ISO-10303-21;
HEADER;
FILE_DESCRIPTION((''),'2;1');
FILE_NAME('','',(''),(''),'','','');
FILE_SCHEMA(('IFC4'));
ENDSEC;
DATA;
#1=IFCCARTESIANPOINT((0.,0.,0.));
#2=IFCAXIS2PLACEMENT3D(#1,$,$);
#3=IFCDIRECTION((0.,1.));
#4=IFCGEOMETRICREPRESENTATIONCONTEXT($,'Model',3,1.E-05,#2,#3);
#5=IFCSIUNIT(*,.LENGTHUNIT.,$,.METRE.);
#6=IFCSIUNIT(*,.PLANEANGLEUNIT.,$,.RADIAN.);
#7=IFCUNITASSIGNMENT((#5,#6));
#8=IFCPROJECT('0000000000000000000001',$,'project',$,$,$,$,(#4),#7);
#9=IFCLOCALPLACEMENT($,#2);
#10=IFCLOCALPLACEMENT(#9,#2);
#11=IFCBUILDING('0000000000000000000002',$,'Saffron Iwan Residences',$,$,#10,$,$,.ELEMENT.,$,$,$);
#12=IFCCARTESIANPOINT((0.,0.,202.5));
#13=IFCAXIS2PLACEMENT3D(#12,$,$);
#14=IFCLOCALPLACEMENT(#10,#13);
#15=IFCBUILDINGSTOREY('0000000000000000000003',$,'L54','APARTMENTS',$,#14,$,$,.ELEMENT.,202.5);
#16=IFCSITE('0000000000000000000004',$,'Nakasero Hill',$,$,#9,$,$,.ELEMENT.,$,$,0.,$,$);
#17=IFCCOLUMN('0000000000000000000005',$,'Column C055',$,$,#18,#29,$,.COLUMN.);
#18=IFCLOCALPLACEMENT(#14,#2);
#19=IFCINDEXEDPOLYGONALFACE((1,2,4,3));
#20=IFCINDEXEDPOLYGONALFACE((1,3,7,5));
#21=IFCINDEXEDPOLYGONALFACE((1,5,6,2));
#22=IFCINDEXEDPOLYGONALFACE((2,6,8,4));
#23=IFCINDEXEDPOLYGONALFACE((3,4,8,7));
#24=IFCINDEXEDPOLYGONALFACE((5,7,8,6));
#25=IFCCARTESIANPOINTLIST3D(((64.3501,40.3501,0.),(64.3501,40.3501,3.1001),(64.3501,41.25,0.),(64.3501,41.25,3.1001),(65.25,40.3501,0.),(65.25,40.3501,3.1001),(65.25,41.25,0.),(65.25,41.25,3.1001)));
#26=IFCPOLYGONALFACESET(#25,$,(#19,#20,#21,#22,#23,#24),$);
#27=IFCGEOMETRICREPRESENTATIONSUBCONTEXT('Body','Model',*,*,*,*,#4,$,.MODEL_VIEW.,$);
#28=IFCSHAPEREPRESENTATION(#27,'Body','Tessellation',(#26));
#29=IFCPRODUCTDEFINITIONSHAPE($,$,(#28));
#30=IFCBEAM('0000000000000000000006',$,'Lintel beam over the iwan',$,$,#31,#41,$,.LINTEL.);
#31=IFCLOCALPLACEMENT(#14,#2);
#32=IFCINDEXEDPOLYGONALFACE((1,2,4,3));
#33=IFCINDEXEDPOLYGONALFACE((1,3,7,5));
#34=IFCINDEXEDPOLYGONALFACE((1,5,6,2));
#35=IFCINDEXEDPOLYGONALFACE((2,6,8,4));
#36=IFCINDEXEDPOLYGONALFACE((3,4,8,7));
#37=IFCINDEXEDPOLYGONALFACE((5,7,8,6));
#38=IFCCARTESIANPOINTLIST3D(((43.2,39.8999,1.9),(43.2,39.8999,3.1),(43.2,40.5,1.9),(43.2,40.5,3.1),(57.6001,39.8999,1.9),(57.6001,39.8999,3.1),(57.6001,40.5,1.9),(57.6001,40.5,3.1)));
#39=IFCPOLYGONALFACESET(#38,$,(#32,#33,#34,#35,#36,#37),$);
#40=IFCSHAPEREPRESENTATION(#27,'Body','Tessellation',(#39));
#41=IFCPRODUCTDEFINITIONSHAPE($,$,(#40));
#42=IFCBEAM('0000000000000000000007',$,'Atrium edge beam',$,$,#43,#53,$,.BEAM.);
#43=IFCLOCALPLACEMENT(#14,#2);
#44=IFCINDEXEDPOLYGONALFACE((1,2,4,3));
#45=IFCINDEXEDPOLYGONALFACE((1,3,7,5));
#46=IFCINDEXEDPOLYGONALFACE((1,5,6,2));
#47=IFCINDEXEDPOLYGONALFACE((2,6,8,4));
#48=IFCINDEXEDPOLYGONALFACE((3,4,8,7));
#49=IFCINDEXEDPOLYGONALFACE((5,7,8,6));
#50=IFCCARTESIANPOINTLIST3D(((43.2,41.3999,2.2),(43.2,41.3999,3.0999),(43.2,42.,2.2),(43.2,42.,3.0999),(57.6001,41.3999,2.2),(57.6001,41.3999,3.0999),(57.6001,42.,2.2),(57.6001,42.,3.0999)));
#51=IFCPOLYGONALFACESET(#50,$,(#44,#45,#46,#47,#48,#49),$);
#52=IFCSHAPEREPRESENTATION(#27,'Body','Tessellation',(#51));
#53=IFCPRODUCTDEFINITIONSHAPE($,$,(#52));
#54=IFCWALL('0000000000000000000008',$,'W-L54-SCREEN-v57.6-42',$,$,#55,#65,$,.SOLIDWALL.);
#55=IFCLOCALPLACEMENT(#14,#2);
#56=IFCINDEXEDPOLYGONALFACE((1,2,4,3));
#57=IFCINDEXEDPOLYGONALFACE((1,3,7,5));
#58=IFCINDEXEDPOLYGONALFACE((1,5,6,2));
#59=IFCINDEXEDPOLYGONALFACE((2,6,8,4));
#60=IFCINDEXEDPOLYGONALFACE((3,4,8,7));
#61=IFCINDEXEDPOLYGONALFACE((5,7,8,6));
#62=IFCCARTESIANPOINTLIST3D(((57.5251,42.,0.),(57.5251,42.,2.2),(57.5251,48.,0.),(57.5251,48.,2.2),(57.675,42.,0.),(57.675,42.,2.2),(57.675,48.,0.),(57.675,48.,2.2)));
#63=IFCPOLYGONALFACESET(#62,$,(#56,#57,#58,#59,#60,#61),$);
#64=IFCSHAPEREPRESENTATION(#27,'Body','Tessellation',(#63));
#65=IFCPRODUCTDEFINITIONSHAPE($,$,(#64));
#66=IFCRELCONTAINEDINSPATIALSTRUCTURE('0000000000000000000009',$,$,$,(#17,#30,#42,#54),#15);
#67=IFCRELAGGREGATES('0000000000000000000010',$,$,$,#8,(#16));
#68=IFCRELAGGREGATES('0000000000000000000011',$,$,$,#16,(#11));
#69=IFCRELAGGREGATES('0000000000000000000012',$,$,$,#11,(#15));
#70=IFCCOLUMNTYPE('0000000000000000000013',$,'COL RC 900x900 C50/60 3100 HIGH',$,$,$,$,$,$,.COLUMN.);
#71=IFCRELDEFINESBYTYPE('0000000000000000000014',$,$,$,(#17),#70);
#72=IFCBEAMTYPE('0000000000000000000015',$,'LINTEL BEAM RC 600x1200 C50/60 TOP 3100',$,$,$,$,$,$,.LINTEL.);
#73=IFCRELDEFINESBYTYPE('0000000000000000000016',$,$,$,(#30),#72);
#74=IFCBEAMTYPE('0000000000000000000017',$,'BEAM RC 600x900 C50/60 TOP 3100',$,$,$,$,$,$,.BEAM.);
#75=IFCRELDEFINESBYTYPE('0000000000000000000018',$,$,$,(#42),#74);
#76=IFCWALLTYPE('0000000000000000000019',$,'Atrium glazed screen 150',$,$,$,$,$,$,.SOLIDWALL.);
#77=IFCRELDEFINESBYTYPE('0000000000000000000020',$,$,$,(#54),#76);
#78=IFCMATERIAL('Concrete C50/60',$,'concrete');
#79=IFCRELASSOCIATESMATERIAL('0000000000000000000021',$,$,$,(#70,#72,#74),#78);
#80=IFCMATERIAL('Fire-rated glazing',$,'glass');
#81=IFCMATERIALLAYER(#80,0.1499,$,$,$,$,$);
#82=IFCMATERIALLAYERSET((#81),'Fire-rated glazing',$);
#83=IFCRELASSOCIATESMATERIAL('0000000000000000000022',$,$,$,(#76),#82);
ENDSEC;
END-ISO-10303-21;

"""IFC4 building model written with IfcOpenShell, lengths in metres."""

from ifc_helpers import new_model, si_unit, direction, frame, frame_2d, origin, origin_2d, place, context, subcontext, project, spatial, rectangle, extrude, source, transform, mapped, material, layer, layer_set, material_profile, profile_set, type_object, element, save


model = new_model("IFC4")

# Units and contexts
model_context = context("Model", 3, precision=1e-05, world=origin(), true_north=direction((0.0, 1.0)))
body_context = subcontext(model_context, "Body", "Model", "MODEL_VIEW")
ifc_project = project(units=[si_unit("LENGTHUNIT", "METRE"), si_unit("PLANEANGLEUNIT", "RADIAN")], contexts=[model_context])

# Site, building, storey
site_placement = place(None, origin())
site = spatial("IfcSite", under=ifc_project, at=site_placement, Name="Nakasero Hill", CompositionType="ELEMENT", RefElevation=0.0)
building_placement = place(site_placement, origin())
building = spatial("IfcBuilding", under=site, at=building_placement, Name="Saffron Iwan Residences", CompositionType="ELEMENT")
storey_placement = place(building_placement, frame((0.0, 0.0, 202.5)))
storey = spatial("IfcBuildingStorey", under=building, at=storey_placement, Name="L54", Description="APARTMENTS", CompositionType="ELEMENT", Elevation=202.5)

# Column
ifc_material_1 = material(Name="Concrete C50/60", Category="concrete")
ifc_material_profile_1 = material_profile(ifc_material_1, rectangle(XDim=0.8999, YDim=0.8999, at=origin_2d()), Name="RC 900x900")
ifc_profile_set_1 = profile_set([ifc_material_profile_1], Name="Concrete C50/60")
column_type = type_object("IfcColumnType", Name="COL RC 900x900 C50/60 3100 HIGH", PredefinedType="COLUMN", material=ifc_profile_set_1)
shared_shape_1 = source(origin(), body_context, "Body", "SweptSolid", [
    extrude(rectangle(XDim=0.8999, YDim=0.8999, at=origin_2d()), origin(), (0.0, 0.0, 1.0), 3.1001),
])
column_placement = place(storey_placement, frame((64.8, 40.8, 0.0), z_axis=(0.0, 0.0, 1.0), x_axis=(1.0, 0.0, 0.0)))
element("IfcColumn", 1, at=column_placement, inside=storey, type_object=column_type, Name="Column C055", PredefinedType="COLUMN", context=body_context, shape_type="MappedRepresentation", body=[
    mapped(shared_shape_1, transform((0.0, 0.0, 0.0))),
])

# Beams
ifc_material_profile_2 = material_profile(ifc_material_1, rectangle(XDim=0.6001, YDim=1.2, at=origin_2d()), Name="RC 600x1200")
ifc_profile_set_2 = profile_set([ifc_material_profile_2], Name="Concrete C50/60")
beam_type_1 = type_object("IfcBeamType", Name="LINTEL BEAM RC 600x1200 C50/60 TOP 3100", PredefinedType="LINTEL", material=ifc_profile_set_2)
shared_shape_2 = source(origin(), body_context, "Body", "SweptSolid", [
    extrude(rectangle(XDim=0.6001, YDim=1.2, at=origin_2d()), origin(), (0.0, 0.0, 1.0), 14.4001),
])
beam_1_placement = place(storey_placement, frame((57.6001, 40.2, 2.5), z_axis=(-1.0, 0.0, 0.0), x_axis=(0.0, -1.0, 0.0)))
element("IfcBeam", 2, at=beam_1_placement, inside=storey, type_object=beam_type_1, Name="Lintel beam over the iwan", PredefinedType="LINTEL", context=body_context, shape_type="MappedRepresentation", body=[
    mapped(shared_shape_2, transform((0.0, 0.0, 0.0))),
])
ifc_material_profile_3 = material_profile(ifc_material_1, rectangle(XDim=0.6001, YDim=0.8999, at=origin_2d()), Name="RC 600x900")
ifc_profile_set_3 = profile_set([ifc_material_profile_3], Name="Concrete C50/60")
beam_type_2 = type_object("IfcBeamType", Name="BEAM RC 600x900 C50/60 TOP 3100", PredefinedType="BEAM", material=ifc_profile_set_3)
shared_shape_3 = source(origin(), body_context, "Body", "SweptSolid", [
    extrude(rectangle(XDim=0.6001, YDim=0.8999, at=origin_2d()), origin(), (0.0, 0.0, 1.0), 14.4001),
])
beam_2_placement = place(storey_placement, frame((57.6001, 41.7, 2.6499), z_axis=(-1.0, 0.0, 0.0), x_axis=(0.0, -1.0, 0.0)))
element("IfcBeam", 3, at=beam_2_placement, inside=storey, type_object=beam_type_2, Name="Atrium edge beam", PredefinedType="BEAM", context=body_context, shape_type="MappedRepresentation", body=[
    mapped(shared_shape_3, transform((0.0, 0.0, 0.0))),
])

# Wall
ifc_material_2 = material(Name="Fire-rated glazing", Category="glass")
ifc_layer_1 = layer(ifc_material_2, 0.1499)
ifc_layer_set_1 = layer_set([ifc_layer_1], Name="Fire-rated glazing")
wall_type_1 = type_object("IfcWallType", Name="Atrium glazed screen 150", PredefinedType="SOLIDWALL", material=ifc_layer_set_1)
wall_1_placement = place(storey_placement, frame((57.6001, 42.0, 0.0), z_axis=(0.0, 0.0, 1.0), x_axis=(0.0, 1.0, 0.0)))
element("IfcWall", 4, at=wall_1_placement, inside=storey, type_object=wall_type_1, Name="W-L54-SCREEN-v57.6-42", PredefinedType="SOLIDWALL", context=body_context, shape_type="SweptSolid", body=[
    extrude(rectangle(XDim=6.0, YDim=0.1499, at=frame_2d((3.0, 0.0))), origin(), (0.0, 0.0, 1.0), 2.2),
])

save(model, "model.ifc")
